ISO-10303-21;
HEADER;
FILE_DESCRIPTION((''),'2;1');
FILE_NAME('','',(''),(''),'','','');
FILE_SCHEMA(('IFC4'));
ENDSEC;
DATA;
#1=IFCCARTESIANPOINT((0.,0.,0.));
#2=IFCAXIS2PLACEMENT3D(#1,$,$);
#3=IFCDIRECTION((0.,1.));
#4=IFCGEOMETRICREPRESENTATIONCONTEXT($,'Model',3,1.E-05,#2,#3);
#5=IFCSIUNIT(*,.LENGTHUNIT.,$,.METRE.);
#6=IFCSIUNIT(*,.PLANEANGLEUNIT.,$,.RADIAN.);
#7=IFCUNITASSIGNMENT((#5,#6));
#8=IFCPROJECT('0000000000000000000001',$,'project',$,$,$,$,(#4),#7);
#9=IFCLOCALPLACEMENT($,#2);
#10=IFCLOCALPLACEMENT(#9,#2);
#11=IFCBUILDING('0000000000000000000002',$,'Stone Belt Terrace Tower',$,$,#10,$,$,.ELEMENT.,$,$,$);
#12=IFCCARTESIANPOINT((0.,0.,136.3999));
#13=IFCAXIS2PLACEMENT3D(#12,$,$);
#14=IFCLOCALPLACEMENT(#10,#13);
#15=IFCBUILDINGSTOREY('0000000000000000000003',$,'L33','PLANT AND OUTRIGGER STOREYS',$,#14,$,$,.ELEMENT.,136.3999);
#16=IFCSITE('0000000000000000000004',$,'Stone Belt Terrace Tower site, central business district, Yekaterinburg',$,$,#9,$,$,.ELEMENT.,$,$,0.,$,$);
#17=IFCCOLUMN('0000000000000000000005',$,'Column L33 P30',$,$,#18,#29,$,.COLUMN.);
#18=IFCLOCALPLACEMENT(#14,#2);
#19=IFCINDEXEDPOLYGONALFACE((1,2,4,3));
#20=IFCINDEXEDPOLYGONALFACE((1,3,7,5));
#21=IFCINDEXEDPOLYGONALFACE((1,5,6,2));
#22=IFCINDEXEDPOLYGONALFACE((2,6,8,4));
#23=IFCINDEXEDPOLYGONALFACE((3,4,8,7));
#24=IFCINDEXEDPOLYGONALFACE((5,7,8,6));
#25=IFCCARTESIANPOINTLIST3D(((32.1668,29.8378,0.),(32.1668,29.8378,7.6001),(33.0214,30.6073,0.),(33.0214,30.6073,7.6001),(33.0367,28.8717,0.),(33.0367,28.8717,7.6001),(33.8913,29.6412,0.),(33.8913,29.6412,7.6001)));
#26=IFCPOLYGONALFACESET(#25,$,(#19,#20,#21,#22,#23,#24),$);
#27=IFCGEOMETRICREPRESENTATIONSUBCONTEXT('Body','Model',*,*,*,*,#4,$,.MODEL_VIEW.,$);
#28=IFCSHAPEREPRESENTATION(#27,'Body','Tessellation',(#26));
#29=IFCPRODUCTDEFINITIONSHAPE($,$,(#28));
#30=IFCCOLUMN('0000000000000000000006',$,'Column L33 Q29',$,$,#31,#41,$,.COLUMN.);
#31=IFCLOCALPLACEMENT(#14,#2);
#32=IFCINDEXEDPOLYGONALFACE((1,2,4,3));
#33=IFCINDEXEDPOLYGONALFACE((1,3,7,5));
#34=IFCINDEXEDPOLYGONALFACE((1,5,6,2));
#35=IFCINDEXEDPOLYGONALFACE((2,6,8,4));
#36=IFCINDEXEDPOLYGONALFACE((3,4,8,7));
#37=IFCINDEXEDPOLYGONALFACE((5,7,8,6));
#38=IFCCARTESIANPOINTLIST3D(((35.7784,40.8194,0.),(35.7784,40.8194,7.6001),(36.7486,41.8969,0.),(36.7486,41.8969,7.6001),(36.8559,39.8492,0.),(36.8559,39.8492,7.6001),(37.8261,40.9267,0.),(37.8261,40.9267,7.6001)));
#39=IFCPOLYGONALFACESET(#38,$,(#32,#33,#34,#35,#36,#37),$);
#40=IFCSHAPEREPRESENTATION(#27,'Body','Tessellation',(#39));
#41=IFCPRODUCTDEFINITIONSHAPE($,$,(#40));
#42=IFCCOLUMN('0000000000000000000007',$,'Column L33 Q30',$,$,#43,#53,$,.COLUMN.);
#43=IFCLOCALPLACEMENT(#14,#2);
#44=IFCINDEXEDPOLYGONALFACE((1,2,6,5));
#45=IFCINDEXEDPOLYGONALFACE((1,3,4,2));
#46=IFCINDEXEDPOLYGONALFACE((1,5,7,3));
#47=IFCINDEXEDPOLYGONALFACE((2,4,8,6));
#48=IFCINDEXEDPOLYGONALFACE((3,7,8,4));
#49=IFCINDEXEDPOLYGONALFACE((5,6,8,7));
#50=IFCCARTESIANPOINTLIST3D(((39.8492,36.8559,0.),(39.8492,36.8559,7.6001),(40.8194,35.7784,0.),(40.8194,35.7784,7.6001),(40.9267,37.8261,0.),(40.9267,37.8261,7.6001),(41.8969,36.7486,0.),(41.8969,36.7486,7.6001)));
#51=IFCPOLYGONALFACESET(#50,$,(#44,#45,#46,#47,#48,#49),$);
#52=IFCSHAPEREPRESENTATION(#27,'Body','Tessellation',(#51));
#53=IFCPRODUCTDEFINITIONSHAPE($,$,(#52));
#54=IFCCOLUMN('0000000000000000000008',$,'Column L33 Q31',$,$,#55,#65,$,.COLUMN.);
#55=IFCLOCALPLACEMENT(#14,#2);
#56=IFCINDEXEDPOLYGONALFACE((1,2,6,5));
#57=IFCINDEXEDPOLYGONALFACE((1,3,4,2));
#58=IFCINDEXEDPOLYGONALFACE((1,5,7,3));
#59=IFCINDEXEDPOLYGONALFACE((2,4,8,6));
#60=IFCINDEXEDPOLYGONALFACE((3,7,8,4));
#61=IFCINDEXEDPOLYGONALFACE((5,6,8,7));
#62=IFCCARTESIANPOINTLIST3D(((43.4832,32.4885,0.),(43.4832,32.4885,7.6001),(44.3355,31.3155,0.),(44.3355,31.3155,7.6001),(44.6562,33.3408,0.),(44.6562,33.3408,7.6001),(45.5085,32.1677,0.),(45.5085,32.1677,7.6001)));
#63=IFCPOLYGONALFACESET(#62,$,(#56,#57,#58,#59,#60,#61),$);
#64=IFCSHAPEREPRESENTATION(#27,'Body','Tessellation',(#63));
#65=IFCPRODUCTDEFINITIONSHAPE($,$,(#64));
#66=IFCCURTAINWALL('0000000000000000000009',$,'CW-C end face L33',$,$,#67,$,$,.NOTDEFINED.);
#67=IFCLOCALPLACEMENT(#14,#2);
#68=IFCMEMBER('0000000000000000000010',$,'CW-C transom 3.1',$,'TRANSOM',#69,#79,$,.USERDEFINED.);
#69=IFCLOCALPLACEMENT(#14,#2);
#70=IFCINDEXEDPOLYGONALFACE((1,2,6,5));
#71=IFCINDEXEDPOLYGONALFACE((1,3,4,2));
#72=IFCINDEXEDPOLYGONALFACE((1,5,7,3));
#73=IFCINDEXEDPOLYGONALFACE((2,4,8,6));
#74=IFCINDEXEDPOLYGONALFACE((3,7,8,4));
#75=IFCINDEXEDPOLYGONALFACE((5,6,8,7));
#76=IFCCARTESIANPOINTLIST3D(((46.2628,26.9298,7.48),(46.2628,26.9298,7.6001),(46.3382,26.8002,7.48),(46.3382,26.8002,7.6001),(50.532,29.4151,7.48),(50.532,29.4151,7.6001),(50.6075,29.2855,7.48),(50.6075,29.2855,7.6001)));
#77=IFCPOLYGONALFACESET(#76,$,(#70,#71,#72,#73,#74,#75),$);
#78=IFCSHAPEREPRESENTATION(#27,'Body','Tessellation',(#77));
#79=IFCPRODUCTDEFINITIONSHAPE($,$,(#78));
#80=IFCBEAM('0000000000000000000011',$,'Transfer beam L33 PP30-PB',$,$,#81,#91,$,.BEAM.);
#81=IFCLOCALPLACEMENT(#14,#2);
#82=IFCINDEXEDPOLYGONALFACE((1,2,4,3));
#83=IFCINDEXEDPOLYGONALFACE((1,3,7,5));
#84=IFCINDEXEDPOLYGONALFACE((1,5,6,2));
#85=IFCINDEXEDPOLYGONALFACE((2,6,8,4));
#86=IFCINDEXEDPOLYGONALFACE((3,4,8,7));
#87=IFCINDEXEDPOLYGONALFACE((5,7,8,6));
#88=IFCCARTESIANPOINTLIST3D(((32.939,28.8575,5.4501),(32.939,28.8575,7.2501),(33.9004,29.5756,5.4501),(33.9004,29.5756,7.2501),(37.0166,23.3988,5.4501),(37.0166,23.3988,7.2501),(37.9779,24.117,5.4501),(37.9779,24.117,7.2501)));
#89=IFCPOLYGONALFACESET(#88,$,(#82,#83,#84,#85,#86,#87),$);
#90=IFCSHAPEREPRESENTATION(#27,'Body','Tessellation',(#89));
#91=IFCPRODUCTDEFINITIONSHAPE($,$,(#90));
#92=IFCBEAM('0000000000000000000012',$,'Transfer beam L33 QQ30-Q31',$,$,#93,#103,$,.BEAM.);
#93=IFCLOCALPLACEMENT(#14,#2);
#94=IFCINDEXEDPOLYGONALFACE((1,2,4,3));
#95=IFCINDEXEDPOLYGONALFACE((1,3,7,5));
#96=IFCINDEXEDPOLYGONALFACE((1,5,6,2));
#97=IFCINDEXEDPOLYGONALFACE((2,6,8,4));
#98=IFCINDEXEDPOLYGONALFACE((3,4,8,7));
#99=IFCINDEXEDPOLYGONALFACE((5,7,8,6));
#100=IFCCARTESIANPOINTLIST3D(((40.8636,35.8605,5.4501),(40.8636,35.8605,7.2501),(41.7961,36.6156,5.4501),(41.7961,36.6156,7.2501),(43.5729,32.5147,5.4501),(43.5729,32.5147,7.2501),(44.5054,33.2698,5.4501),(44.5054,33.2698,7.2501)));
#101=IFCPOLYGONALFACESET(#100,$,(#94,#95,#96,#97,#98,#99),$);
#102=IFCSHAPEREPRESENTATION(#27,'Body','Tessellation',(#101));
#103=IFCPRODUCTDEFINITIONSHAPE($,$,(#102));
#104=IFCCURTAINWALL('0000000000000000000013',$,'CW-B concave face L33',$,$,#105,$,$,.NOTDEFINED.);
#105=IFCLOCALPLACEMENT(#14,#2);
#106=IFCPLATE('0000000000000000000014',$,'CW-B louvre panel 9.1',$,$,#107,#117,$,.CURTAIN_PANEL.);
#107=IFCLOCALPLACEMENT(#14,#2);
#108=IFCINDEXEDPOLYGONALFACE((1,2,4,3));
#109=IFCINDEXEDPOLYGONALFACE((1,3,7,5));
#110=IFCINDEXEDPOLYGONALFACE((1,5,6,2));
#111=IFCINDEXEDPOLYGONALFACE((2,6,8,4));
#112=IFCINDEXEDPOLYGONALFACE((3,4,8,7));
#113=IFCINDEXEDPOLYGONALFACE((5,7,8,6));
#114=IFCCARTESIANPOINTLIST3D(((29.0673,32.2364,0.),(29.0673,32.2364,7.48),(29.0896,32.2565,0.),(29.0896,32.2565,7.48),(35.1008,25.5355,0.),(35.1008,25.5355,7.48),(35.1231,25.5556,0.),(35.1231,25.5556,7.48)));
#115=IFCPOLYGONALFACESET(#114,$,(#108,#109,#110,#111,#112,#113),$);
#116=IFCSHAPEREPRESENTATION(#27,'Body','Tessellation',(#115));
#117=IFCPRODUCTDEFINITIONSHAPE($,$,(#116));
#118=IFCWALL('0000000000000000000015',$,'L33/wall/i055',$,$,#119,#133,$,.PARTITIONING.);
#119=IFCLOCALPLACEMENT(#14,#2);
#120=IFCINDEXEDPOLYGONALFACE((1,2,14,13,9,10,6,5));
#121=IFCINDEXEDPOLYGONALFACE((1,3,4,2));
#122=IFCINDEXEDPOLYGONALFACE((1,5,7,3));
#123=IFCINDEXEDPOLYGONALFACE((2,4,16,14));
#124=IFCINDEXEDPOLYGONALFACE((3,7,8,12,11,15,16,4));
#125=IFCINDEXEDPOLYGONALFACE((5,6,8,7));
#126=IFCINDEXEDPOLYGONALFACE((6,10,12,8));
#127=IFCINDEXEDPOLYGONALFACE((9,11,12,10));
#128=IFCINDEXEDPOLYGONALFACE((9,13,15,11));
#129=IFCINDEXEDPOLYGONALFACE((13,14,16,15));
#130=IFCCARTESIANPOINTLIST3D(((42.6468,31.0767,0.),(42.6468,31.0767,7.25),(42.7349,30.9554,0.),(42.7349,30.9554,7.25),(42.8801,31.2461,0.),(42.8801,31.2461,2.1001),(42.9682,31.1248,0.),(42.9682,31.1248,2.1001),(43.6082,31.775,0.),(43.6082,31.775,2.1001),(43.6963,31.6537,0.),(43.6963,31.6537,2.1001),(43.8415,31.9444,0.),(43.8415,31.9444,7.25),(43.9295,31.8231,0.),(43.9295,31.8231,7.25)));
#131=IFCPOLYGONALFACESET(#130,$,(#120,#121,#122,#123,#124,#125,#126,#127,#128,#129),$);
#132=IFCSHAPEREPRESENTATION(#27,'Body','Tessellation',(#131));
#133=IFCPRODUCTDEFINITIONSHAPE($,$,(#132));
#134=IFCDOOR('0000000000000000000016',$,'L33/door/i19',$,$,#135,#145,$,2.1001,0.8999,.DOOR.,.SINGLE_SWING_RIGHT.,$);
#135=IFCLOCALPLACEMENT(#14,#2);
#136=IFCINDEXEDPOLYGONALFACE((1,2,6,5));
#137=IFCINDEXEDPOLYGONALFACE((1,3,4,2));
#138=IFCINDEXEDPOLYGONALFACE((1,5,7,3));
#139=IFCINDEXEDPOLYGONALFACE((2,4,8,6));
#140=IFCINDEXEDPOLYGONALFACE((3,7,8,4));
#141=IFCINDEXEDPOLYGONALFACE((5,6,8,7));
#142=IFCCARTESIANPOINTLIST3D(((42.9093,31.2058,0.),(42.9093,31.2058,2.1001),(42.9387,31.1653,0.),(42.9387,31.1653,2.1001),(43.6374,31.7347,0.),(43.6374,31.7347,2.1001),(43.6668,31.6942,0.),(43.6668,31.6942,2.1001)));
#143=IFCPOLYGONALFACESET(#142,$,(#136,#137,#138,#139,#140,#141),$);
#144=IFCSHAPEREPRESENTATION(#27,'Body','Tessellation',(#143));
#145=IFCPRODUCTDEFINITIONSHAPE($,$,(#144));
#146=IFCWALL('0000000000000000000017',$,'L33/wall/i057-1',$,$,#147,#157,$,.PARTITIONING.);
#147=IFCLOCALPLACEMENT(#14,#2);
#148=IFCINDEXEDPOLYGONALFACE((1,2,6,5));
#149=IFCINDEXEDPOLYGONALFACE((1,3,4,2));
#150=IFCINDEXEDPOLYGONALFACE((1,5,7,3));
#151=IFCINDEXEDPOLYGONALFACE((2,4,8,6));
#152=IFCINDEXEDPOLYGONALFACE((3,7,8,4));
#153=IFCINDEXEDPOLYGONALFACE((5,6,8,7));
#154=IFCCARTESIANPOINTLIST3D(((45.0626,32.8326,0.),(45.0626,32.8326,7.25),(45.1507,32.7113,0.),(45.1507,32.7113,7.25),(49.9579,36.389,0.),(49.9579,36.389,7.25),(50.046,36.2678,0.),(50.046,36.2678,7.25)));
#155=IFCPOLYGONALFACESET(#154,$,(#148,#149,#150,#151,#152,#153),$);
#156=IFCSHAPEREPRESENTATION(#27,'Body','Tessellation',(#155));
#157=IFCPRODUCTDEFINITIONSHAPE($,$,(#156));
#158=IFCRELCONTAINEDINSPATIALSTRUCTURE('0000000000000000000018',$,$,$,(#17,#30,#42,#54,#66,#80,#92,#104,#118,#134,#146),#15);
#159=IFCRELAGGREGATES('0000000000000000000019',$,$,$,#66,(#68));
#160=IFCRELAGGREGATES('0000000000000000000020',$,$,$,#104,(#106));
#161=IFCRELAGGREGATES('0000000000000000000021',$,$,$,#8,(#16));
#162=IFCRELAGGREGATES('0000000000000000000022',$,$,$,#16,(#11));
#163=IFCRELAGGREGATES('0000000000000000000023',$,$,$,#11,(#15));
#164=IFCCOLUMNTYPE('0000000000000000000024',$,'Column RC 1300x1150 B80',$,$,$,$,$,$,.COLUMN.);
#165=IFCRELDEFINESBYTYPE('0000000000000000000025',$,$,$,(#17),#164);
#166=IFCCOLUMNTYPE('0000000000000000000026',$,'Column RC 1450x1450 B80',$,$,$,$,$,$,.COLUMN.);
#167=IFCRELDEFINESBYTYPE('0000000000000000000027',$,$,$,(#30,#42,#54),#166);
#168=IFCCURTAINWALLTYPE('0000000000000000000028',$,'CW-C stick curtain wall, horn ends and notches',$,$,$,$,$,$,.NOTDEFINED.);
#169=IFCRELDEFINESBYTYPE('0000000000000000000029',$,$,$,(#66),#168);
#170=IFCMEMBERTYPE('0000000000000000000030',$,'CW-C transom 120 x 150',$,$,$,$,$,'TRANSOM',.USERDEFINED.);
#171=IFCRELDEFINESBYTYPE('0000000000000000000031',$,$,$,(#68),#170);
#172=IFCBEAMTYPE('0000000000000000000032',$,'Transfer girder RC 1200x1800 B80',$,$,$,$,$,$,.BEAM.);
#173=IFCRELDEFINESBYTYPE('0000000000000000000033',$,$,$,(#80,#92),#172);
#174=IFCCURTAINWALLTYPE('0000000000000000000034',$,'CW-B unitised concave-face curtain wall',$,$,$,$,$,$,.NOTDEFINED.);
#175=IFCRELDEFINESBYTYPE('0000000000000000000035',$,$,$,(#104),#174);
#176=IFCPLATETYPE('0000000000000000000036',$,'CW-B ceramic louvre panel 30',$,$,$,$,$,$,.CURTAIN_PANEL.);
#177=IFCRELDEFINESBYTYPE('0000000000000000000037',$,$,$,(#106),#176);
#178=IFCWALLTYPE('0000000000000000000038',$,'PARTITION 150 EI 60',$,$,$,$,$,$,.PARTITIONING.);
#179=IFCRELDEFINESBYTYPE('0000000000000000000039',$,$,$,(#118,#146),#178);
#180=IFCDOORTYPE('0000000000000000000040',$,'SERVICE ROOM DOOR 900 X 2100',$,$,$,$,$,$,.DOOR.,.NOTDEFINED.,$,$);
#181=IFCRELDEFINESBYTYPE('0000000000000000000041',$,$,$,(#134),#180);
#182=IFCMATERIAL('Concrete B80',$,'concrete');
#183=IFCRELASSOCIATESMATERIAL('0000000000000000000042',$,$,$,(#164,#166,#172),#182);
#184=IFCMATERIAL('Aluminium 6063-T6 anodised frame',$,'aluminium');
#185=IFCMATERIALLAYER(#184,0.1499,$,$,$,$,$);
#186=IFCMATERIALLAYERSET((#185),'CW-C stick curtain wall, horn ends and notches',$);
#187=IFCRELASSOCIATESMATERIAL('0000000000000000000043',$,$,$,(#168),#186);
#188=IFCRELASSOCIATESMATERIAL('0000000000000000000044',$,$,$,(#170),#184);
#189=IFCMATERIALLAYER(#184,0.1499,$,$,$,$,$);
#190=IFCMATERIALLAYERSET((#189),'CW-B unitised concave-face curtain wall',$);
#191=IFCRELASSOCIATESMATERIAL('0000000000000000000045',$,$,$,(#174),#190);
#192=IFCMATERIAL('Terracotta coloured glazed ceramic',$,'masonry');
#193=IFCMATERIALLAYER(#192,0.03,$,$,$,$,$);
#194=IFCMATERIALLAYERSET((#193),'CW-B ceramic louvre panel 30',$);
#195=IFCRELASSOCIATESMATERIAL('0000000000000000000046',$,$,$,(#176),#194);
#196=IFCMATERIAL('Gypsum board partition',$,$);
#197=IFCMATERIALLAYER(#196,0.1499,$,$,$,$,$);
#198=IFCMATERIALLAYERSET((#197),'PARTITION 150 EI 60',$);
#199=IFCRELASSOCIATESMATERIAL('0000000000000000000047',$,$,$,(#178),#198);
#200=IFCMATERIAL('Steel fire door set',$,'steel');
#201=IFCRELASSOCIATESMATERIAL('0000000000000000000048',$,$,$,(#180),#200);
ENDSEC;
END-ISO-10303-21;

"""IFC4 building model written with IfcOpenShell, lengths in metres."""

from ifc_helpers import new_model, si_unit, direction, frame, frame_2d, origin, origin_2d, place, context, subcontext, project, spatial, rectangle, extrude, material, layer, layer_set, material_profile, profile_set, type_object, element, fill, aggregate, save


model = new_model("IFC4")

# Units and contexts
model_context = context("Model", 3, precision=1e-05, world=origin(), true_north=direction((0.0, 1.0)))
body_context = subcontext(model_context, "Body", "Model", "MODEL_VIEW")
ifc_project = project(units=[si_unit("LENGTHUNIT", "METRE"), si_unit("PLANEANGLEUNIT", "RADIAN")], contexts=[model_context])

# Site, building, storey
site_placement = place(None, origin())
site = spatial("IfcSite", under=ifc_project, at=site_placement, Name="Stone Belt Terrace Tower site, central business district, Yekaterinburg", CompositionType="ELEMENT", RefElevation=0.0)
building_placement = place(site_placement, origin())
building = spatial("IfcBuilding", under=site, at=building_placement, Name="Stone Belt Terrace Tower", CompositionType="ELEMENT")
storey_placement = place(building_placement, frame((0.0, 0.0, 136.3999)))
storey = spatial("IfcBuildingStorey", under=building, at=storey_placement, Name="L33", Description="PLANT AND OUTRIGGER STOREYS", CompositionType="ELEMENT", Elevation=136.3999)

# Columns
ifc_material_1 = material(Name="Concrete B80", Category="concrete")
ifc_material_profile_1 = material_profile(ifc_material_1, rectangle(XDim=1.3, YDim=1.1499, at=origin_2d()), Name="RC 1300x1150")
ifc_profile_set_1 = profile_set([ifc_material_profile_1], Name="Concrete B80")
column_type_1 = type_object("IfcColumnType", Name="Column RC 1300x1150 B80", PredefinedType="COLUMN", material=ifc_profile_set_1)
column_placement = place(storey_placement, frame((33.0291, 29.7395, 0.0), z_axis=(0.0, 0.0, 1.0), x_axis=(0.669131, -0.743145, 0.0)))
element("IfcColumn", 1, at=column_placement, inside=storey, type_object=column_type_1, Name="Column L33 P30", PredefinedType="COLUMN", context=body_context, shape_type="SweptSolid", body=[
    extrude(rectangle(XDim=1.3, YDim=1.1499, at=origin_2d()), origin(), (0.0, 0.0, 1.0), 7.6001),
])
ifc_material_profile_2 = material_profile(ifc_material_1, rectangle(XDim=1.45, YDim=1.45, at=origin_2d()), Name="RC 1450x1450")
ifc_profile_set_2 = profile_set([ifc_material_profile_2], Name="Concrete B80")
column_type_2 = type_object("IfcColumnType", Name="Column RC 1450x1450 B80", PredefinedType="COLUMN", material=ifc_profile_set_2)
for number, where, z_axis, x_axis, name in (
    (2, (36.8022, 40.873, 0.0), (0.0, 0.0, 1.0), (0.743145, -0.669131, 0.0), "Column L33 Q29"),
    (3, (40.873, 36.8022, 0.0), (0.0, 0.0, 1.0), (0.669131, -0.743145, 0.0), "Column L33 Q30"),
    (4, (44.4958, 32.3281, 0.0), (0.0, 0.0, 1.0), (0.587785, -0.809017, 0.0), "Column L33 Q31"),
):
    element("IfcColumn", number, at=place(storey_placement, frame(where, z_axis=z_axis, x_axis=x_axis)), inside=storey, type_object=column_type_2, Name=name, PredefinedType="COLUMN", context=body_context, shape_type="SweptSolid", body=[
        extrude(rectangle(XDim=1.45, YDim=1.45, at=origin_2d()), origin(), (0.0, 0.0, 1.0), 7.6001),
    ])

# Curtain wall, member
ifc_material_2 = material(Name="Aluminium 6063-T6 anodised frame", Category="aluminium")
ifc_layer_1 = layer(ifc_material_2, 0.1499)
ifc_layer_set_1 = layer_set([ifc_layer_1], Name="CW-C stick curtain wall, horn ends and notches")
curtain_wall_type_1 = type_object("IfcCurtainWallType", Name="CW-C stick curtain wall, horn ends and notches", PredefinedType="NOTDEFINED", material=ifc_layer_set_1)
curtain_wall_1_placement = place(storey_placement, origin())
curtain_wall_1 = element("IfcCurtainWall", 5, at=curtain_wall_1_placement, inside=storey, type_object=curtain_wall_type_1, Name="CW-C end face L33", PredefinedType="NOTDEFINED")
ifc_material_profile_3 = material_profile(ifc_material_2, rectangle(XDim=0.1499, YDim=0.1201, at=origin_2d()), Name="Aluminium 6063-T6 150x120")
ifc_profile_set_3 = profile_set([ifc_material_profile_3], Name="Aluminium 6063-T6 anodised frame")
member_type = type_object("IfcMemberType", Name="CW-C transom 120 x 150", ElementType="TRANSOM", PredefinedType="USERDEFINED", material=ifc_profile_set_3)
member_placement = place(storey_placement, frame((46.3005, 26.865, 7.54), z_axis=(0.864225, 0.503106, 0.0), x_axis=(-0.503106, 0.864225, 0.0)))
member = element("IfcMember", 6, at=member_placement, type_object=member_type, Name="CW-C transom 3.1", ObjectType="TRANSOM", PredefinedType="USERDEFINED", context=body_context, shape_type="SweptSolid", body=[
    extrude(rectangle(XDim=0.1499, YDim=0.1201, at=origin_2d()), origin(), (0.0, 0.0, 1.0), 4.9399),
])
aggregate(curtain_wall_1, [member])

# Beams
ifc_material_profile_4 = material_profile(ifc_material_1, rectangle(XDim=1.2, YDim=1.8, at=origin_2d()), Name="RC 1200x1800")
ifc_profile_set_4 = profile_set([ifc_material_profile_4], Name="Concrete B80")
beam_type = type_object("IfcBeamType", Name="Transfer girder RC 1200x1800 B80", PredefinedType="BEAM", material=ifc_profile_set_4)
beam_1_placement = place(storey_placement, frame((33.4197, 29.2166, 6.3501), z_axis=(0.598457, -0.801155, 0.0), x_axis=(0.801155, 0.598457, 0.0)))
element("IfcBeam", 7, at=beam_1_placement, inside=storey, type_object=beam_type, Name="Transfer beam L33 PP30-PB", PredefinedType="BEAM", context=body_context, shape_type="SweptSolid", body=[
    extrude(rectangle(XDim=1.2, YDim=1.8, at=origin_2d()), origin(), (0.0, 0.0, 1.0), 6.8135),
])
beam_2_placement = place(storey_placement, frame((41.3298, 36.238, 6.3501), z_axis=(0.629311, -0.777154, 0.0), x_axis=(0.777154, 0.629311, 0.0)))
element("IfcBeam", 8, at=beam_2_placement, inside=storey, type_object=beam_type, Name="Transfer beam L33 QQ30-Q31", PredefinedType="BEAM", context=body_context, shape_type="SweptSolid", body=[
    extrude(rectangle(XDim=1.2, YDim=1.8, at=origin_2d()), origin(), (0.0, 0.0, 1.0), 4.3052),
])

# Curtain wall, plate
ifc_layer_2 = layer(ifc_material_2, 0.1499)
ifc_layer_set_2 = layer_set([ifc_layer_2], Name="CW-B unitised concave-face curtain wall")
curtain_wall_type_2 = type_object("IfcCurtainWallType", Name="CW-B unitised concave-face curtain wall", PredefinedType="NOTDEFINED", material=ifc_layer_set_2)
curtain_wall_2_placement = place(storey_placement, origin())
curtain_wall_2 = element("IfcCurtainWall", 9, at=curtain_wall_2_placement, inside=storey, type_object=curtain_wall_type_2, Name="CW-B concave face L33", PredefinedType="NOTDEFINED")
ifc_material_3 = material(Name="Terracotta coloured glazed ceramic", Category="masonry")
ifc_layer_3 = layer(ifc_material_3, 0.03)
ifc_layer_set_3 = layer_set([ifc_layer_3], Name="CW-B ceramic louvre panel 30")
plate_type = type_object("IfcPlateType", Name="CW-B ceramic louvre panel 30", PredefinedType="CURTAIN_PANEL", material=ifc_layer_set_3)
plate_placement = place(storey_placement, frame((32.0952, 28.896, 0.0), z_axis=(0.0, 0.0, 1.0), x_axis=(0.669131, -0.743145, 0.0)))
plate = element("IfcPlate", 10, at=plate_placement, type_object=plate_type, Name="CW-B louvre panel 9.1", PredefinedType="CURTAIN_PANEL", context=body_context, shape_type="SweptSolid", body=[
    extrude(rectangle(XDim=9.0168, YDim=0.03, at=origin_2d()), origin(), (0.0, 0.0, 1.0), 7.48),
])
aggregate(curtain_wall_2, [plate])

# Wall, opening, door
ifc_material_4 = material(Name="Gypsum board partition")
ifc_layer_4 = layer(ifc_material_4, 0.1499)
ifc_layer_set_4 = layer_set([ifc_layer_4], Name="PARTITION 150 EI 60")
wall_type = type_object("IfcWallType", Name="PARTITION 150 EI 60", PredefinedType="PARTITIONING", material=ifc_layer_set_4)
wall_1_placement = place(storey_placement, frame((43.8855, 31.8838, 0.0), z_axis=(0.0, 0.0, 1.0), x_axis=(-0.809093, -0.58768, 0.0)))
wall_1 = element("IfcWall", 11, at=wall_1_placement, inside=storey, type_object=wall_type, Name="L33/wall/i055", PredefinedType="PARTITIONING", context=body_context, shape_type="SweptSolid", body=[
    extrude(rectangle(XDim=1.4766, YDim=0.1499, at=frame_2d((0.7383, 0.0))), origin(), (0.0, 0.0, 1.0), 7.25),
])
opening_1_placement = place(wall_1_placement, frame((0.2883, 0.0, 0.0)))
opening_1 = element("IfcOpeningElement", 12, at=opening_1_placement, cuts=wall_1, PredefinedType="OPENING", context=body_context, shape_type="SweptSolid", body=[
    extrude(rectangle(XDim=0.8999, YDim=2.1001, at=frame_2d((0.45, 1.05))), frame((0.0, 0.085, 0.0), z_axis=(0.0, -1.0, 0.0), x_axis=(1.0, 0.0, 0.0)), (0.0, 0.0, 1.0), 0.1699),
])
ifc_material_5 = material(Name="Steel fire door set", Category="steel")
door_type_1 = type_object("IfcDoorType", Name="SERVICE ROOM DOOR 900 X 2100", OperationType="NOTDEFINED", PredefinedType="DOOR", material=ifc_material_5)
door_1_placement = place(opening_1_placement, origin())
door_1 = element("IfcDoor", 13, at=door_1_placement, inside=storey, type_object=door_type_1, Name="L33/door/i19", OperationType="SINGLE_SWING_RIGHT", OverallHeight=2.1001, OverallWidth=0.8999, PredefinedType="DOOR", context=body_context, shape_type="SweptSolid", body=[
    extrude(rectangle(XDim=0.8999, YDim=2.1001, at=frame_2d((0.45, 1.05))), frame((0.0, 0.0249, 0.0), z_axis=(0.0, -1.0, 0.0), x_axis=(1.0, 0.0, 0.0)), (0.0, 0.0, 1.0), 0.05),
])
fill(opening_1, door_1)

# Wall
wall_2_placement = place(storey_placement, frame((45.1067, 32.772, 0.0), z_axis=(0.0, 0.0, 1.0), x_axis=(0.809034, 0.587761, 0.0)))
element("IfcWall", 14, at=wall_2_placement, inside=storey, type_object=wall_type, Name="L33/wall/i057-1", PredefinedType="PARTITIONING", context=body_context, shape_type="SweptSolid", body=[
    extrude(rectangle(XDim=6.0508, YDim=0.1499, at=frame_2d((3.0254, 0.0))), origin(), (0.0, 0.0, 1.0), 7.25),
])

save(model, "model.ifc")
